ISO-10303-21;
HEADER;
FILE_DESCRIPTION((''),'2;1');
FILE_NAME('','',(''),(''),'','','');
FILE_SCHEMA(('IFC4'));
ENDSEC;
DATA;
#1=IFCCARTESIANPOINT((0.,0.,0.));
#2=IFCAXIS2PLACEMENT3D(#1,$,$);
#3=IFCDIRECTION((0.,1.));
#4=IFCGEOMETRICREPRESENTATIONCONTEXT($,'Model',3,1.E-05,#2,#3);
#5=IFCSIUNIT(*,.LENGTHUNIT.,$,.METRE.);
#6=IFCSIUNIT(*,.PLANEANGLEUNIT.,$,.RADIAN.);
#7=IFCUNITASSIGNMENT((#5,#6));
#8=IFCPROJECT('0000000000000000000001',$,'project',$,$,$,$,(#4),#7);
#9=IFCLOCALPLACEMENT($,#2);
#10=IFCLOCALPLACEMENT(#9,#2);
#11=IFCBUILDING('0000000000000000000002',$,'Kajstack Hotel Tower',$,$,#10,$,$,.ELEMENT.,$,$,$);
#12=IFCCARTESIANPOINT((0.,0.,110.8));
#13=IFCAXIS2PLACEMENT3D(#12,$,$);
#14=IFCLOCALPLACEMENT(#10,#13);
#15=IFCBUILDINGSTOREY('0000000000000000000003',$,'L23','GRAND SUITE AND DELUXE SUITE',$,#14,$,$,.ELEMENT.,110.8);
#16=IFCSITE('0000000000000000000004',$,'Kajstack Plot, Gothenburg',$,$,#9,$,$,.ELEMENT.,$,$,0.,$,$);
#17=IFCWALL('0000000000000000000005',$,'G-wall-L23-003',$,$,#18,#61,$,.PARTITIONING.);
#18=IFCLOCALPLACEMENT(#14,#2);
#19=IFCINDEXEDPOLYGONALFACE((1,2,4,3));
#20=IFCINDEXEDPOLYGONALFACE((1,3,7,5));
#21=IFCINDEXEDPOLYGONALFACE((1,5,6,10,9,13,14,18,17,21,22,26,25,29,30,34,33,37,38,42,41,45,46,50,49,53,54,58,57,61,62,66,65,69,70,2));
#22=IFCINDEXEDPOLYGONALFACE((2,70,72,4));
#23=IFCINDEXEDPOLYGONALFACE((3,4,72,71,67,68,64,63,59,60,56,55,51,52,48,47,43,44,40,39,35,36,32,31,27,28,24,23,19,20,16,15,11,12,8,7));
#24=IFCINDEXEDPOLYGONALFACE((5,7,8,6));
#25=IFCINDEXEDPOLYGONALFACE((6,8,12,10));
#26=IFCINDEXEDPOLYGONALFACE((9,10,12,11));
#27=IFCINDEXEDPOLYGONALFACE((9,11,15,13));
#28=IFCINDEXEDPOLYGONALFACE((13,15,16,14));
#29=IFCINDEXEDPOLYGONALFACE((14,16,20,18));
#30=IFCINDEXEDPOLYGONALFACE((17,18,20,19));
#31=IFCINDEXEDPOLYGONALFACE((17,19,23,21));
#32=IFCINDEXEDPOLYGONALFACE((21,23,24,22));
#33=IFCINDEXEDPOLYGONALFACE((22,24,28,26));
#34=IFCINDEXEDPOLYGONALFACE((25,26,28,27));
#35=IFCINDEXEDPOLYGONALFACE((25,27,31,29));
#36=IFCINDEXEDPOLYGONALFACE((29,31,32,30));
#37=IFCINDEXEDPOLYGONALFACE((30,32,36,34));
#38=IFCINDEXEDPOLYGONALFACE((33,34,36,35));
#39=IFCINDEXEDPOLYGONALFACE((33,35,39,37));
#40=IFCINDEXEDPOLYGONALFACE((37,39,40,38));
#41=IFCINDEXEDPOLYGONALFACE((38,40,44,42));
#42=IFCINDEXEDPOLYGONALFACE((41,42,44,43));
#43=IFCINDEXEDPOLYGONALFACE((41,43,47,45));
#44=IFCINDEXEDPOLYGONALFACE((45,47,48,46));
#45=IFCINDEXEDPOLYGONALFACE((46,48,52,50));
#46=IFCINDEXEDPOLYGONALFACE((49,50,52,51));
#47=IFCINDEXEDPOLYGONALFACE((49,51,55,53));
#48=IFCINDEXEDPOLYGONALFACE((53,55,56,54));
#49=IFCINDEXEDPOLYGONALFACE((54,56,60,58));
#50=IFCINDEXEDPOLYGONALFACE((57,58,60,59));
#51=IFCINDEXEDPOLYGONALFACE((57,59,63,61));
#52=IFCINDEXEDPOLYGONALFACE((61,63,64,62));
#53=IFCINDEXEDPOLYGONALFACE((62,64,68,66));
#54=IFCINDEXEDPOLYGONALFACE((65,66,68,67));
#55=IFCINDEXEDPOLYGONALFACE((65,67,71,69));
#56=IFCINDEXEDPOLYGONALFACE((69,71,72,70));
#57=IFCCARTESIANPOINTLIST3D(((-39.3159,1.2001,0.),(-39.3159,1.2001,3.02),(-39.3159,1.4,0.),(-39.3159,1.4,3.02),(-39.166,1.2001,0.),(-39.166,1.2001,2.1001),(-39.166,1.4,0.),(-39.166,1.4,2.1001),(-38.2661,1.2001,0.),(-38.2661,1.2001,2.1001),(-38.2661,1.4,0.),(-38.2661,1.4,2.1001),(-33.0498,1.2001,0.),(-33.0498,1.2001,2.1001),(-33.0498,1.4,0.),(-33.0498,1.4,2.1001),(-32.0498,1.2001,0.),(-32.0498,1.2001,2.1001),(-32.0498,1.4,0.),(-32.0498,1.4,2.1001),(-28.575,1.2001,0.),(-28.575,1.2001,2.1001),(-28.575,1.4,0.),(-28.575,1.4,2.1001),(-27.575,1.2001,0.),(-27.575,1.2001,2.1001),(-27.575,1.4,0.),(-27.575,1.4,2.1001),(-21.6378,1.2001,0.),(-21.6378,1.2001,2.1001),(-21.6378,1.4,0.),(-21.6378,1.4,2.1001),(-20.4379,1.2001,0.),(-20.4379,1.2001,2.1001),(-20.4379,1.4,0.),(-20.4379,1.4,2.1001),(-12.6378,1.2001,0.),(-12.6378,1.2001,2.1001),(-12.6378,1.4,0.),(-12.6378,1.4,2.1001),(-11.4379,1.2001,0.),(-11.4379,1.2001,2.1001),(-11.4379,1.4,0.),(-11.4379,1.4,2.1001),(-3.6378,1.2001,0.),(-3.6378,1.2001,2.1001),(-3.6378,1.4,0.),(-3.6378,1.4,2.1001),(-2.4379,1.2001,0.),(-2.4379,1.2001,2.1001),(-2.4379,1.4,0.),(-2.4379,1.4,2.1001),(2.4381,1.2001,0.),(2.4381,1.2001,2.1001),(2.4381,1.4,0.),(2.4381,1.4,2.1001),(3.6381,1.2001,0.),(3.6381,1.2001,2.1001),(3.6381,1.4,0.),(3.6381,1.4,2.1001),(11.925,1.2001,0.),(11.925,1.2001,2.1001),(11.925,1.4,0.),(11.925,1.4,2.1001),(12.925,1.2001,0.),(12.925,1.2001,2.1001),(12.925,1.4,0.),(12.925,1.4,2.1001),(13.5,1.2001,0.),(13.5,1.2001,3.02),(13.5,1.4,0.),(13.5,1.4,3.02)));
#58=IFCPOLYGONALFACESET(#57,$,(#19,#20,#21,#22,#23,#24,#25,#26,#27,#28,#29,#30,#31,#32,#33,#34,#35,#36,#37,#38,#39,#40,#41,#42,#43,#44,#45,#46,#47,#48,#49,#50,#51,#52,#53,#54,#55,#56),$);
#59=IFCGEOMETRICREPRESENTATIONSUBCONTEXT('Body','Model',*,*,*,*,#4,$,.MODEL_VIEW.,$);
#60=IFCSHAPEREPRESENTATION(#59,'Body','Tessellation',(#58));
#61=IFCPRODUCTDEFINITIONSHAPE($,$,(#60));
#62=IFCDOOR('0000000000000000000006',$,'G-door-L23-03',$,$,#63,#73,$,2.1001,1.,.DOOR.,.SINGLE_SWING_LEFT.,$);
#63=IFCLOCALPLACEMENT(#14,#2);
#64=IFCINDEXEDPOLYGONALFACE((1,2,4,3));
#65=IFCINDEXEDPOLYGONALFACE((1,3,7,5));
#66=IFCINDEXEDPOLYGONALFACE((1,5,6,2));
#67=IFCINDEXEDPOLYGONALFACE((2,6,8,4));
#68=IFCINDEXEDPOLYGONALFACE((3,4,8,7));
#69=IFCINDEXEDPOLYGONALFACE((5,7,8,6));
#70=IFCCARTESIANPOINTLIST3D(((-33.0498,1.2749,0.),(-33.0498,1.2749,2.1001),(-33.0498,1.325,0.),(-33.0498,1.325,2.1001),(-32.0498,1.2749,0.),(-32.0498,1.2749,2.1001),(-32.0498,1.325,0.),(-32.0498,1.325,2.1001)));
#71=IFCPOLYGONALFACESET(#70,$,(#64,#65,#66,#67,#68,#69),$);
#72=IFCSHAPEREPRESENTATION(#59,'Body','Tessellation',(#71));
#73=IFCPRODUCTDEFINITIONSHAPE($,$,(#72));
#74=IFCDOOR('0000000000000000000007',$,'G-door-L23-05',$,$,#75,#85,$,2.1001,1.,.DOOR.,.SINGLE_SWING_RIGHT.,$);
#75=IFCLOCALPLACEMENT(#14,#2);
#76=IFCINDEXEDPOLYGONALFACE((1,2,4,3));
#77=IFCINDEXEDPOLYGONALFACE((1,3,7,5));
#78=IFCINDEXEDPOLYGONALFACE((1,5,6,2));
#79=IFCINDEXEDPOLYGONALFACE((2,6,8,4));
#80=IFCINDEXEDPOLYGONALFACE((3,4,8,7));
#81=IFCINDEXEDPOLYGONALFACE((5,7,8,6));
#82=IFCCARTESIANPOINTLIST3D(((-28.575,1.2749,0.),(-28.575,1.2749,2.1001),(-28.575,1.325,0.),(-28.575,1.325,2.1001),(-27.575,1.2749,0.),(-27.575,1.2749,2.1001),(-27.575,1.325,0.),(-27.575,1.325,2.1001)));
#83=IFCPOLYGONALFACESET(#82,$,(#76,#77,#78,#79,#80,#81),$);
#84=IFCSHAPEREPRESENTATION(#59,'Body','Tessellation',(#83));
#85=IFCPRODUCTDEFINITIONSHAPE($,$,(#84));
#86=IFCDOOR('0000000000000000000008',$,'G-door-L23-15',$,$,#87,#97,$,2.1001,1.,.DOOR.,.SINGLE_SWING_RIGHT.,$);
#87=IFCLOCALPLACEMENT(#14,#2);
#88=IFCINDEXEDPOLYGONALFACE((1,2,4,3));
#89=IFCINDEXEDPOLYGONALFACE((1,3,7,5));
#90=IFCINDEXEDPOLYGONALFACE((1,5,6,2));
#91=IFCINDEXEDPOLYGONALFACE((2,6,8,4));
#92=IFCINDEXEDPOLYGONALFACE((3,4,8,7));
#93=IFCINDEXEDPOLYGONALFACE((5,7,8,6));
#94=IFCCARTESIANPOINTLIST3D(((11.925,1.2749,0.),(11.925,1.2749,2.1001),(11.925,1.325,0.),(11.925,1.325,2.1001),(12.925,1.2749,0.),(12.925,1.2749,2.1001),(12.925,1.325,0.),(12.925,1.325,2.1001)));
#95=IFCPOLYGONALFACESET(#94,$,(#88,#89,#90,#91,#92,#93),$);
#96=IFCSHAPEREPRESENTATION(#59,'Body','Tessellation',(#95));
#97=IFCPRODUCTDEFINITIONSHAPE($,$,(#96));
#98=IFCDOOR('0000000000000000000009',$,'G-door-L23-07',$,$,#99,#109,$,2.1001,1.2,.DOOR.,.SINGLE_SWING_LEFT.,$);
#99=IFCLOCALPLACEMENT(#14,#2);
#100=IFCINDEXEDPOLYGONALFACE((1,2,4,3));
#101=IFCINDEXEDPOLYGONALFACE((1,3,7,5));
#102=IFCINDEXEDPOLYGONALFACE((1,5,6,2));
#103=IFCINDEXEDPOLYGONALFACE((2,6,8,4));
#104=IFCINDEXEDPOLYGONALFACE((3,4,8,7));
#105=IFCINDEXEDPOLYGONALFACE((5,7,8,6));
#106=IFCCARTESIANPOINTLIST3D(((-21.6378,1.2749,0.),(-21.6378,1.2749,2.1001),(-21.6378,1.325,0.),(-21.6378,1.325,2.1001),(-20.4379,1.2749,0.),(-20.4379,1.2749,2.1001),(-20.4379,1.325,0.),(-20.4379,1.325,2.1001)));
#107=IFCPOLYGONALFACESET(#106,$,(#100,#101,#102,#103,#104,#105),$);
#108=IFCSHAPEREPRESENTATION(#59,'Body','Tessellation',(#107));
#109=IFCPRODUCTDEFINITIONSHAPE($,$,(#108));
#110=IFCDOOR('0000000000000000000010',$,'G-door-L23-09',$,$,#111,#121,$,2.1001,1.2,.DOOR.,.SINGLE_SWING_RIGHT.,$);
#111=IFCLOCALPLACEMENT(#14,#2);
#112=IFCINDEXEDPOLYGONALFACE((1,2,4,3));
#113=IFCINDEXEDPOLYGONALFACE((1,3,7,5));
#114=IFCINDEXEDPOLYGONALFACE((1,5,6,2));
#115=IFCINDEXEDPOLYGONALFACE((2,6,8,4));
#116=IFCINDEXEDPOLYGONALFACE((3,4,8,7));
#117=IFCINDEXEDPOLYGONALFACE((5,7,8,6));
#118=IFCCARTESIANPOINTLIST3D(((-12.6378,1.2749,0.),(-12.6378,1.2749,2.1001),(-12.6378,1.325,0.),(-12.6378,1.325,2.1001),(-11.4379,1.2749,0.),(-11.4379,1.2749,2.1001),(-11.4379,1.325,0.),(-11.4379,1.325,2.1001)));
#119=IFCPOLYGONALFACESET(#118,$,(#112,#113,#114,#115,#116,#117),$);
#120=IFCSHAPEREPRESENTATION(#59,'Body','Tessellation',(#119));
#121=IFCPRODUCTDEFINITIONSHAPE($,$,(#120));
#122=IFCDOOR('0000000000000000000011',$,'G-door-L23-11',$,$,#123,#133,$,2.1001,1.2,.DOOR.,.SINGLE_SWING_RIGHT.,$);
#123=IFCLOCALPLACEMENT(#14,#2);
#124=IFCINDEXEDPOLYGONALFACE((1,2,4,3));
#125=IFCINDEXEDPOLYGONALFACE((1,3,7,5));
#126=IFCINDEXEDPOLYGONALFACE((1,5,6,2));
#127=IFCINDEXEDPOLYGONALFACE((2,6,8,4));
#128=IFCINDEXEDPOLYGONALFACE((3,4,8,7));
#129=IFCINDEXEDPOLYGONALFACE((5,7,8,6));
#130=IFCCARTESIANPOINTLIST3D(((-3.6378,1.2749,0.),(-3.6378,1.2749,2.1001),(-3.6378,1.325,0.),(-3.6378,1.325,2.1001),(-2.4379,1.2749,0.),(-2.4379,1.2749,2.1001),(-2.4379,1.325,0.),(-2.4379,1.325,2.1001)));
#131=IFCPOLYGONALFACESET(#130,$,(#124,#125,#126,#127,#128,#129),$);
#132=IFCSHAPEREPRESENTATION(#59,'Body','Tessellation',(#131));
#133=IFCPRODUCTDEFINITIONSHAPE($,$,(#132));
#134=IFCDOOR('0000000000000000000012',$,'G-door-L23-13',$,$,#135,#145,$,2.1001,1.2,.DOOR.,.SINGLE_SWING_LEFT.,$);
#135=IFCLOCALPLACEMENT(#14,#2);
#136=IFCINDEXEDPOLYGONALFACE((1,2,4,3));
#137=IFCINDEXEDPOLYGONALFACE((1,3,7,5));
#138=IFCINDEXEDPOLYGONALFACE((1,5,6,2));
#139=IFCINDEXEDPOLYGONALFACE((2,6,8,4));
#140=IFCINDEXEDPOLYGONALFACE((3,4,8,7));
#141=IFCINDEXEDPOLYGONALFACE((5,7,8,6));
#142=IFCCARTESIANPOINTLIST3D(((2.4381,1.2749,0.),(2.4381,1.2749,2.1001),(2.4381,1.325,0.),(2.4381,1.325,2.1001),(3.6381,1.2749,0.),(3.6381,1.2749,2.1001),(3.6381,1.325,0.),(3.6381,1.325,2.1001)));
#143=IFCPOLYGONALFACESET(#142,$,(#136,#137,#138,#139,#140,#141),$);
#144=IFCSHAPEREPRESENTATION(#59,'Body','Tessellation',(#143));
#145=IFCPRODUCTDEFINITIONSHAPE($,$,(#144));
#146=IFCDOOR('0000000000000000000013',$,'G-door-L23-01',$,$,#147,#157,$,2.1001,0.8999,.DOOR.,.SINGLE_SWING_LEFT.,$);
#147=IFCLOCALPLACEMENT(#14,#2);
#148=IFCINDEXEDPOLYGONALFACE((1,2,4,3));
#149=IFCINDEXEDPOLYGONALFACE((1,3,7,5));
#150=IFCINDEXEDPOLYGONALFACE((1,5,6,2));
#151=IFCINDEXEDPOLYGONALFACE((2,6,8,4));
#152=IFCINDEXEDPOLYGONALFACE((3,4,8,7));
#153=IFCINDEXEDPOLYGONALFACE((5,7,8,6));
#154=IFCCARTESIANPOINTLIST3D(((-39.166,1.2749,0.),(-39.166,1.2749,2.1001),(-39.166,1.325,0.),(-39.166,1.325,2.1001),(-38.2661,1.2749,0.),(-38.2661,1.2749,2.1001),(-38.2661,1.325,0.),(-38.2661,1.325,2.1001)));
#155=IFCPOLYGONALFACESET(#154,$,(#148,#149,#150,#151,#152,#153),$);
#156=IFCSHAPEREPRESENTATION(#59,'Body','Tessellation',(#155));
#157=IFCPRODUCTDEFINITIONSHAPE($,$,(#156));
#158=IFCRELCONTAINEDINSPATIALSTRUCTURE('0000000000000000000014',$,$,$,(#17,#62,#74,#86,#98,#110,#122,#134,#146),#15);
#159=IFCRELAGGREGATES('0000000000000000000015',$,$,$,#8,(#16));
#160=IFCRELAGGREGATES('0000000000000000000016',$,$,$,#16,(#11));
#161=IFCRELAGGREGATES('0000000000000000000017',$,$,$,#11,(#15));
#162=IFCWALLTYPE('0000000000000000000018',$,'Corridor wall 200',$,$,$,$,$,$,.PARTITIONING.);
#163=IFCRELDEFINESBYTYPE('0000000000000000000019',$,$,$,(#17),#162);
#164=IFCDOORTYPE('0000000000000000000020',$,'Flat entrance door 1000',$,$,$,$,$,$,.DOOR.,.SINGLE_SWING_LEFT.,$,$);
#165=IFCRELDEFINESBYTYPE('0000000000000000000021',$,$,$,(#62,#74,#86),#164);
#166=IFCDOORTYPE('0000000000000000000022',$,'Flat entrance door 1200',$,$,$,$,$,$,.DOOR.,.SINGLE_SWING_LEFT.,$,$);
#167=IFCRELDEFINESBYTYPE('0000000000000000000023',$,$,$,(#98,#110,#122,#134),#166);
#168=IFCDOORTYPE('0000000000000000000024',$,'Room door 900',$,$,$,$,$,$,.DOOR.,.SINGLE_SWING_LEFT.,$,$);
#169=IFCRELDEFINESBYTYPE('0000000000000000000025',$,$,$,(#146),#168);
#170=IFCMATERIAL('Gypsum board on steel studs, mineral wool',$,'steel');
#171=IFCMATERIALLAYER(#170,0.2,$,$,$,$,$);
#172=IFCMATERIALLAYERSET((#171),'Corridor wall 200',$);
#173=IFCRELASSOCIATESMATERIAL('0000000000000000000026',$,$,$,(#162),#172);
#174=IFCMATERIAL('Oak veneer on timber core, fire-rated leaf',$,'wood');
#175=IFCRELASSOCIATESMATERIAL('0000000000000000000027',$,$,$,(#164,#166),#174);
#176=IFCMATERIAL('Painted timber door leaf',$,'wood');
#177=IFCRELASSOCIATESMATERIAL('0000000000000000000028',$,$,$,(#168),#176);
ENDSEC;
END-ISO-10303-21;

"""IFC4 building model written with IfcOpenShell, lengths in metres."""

from ifc_helpers import new_model, si_unit, direction, frame, frame_2d, origin, place, context, subcontext, project, spatial, rectangle, extrude, material, layer, layer_set, type_object, element, fill, save


model = new_model("IFC4")

# Units and contexts
model_context = context("Model", 3, precision=1e-05, world=origin(), true_north=direction((0.0, 1.0)))
body_context = subcontext(model_context, "Body", "Model", "MODEL_VIEW")
ifc_project = project(units=[si_unit("LENGTHUNIT", "METRE"), si_unit("PLANEANGLEUNIT", "RADIAN")], contexts=[model_context])

# Site, building, storey
site_placement = place(None, origin())
site = spatial("IfcSite", under=ifc_project, at=site_placement, Name="Kajstack Plot, Gothenburg", CompositionType="ELEMENT", RefElevation=0.0)
building_placement = place(site_placement, origin())
building = spatial("IfcBuilding", under=site, at=building_placement, Name="Kajstack Hotel Tower", CompositionType="ELEMENT")
storey_placement = place(building_placement, frame((0.0, 0.0, 110.8)))
storey = spatial("IfcBuildingStorey", under=building, at=storey_placement, Name="L23", Description="GRAND SUITE AND DELUXE SUITE", CompositionType="ELEMENT", Elevation=110.8)

# Wall, openings, doors
ifc_material_1 = material(Name="Gypsum board on steel studs, mineral wool", Category="steel")
ifc_layer_1 = layer(ifc_material_1, 0.2)
ifc_layer_set_1 = layer_set([ifc_layer_1], Name="Corridor wall 200")
wall_type_1 = type_object("IfcWallType", Name="Corridor wall 200", PredefinedType="PARTITIONING", material=ifc_layer_set_1)
wall_1_placement = place(storey_placement, frame((-39.3159, 1.3, 0.0), z_axis=(0.0, 0.0, 1.0), x_axis=(1.0, 0.0, 0.0)))
wall_1 = element("IfcWall", 1, at=wall_1_placement, inside=storey, type_object=wall_type_1, Name="G-wall-L23-003", PredefinedType="PARTITIONING", context=body_context, shape_type="SweptSolid", body=[
    extrude(rectangle(XDim=52.8159, YDim=0.2, at=frame_2d((26.408, 0.0))), origin(), (0.0, 0.0, 1.0), 3.02),
])
opening_1_placement = place(wall_1_placement, frame((0.1499, 0.0, 0.0)))
opening_1 = element("IfcOpeningElement", 2, at=opening_1_placement, cuts=wall_1, PredefinedType="OPENING", context=body_context, shape_type="SweptSolid", body=[
    extrude(rectangle(XDim=0.8999, YDim=2.1001, at=frame_2d((0.45, 1.05))), frame((0.0, 0.1099, 0.0), z_axis=(0.0, -1.0, 0.0), x_axis=(1.0, 0.0, 0.0)), (0.0, 0.0, 1.0), 0.22),
])
opening_2_placement = place(wall_1_placement, frame((6.2661, 0.0, 0.0)))
opening_2 = element("IfcOpeningElement", 3, at=opening_2_placement, cuts=wall_1, PredefinedType="OPENING", context=body_context, shape_type="SweptSolid", body=[
    extrude(rectangle(XDim=1.0, YDim=2.1001, at=frame_2d((0.5, 1.05))), frame((0.0, 0.1099, 0.0), z_axis=(0.0, -1.0, 0.0), x_axis=(1.0, 0.0, 0.0)), (0.0, 0.0, 1.0), 0.22),
])
opening_3_placement = place(wall_1_placement, frame((10.741, 0.0, 0.0)))
opening_3 = element("IfcOpeningElement", 4, at=opening_3_placement, cuts=wall_1, PredefinedType="OPENING", context=body_context, shape_type="SweptSolid", body=[
    extrude(rectangle(XDim=1.0, YDim=2.1001, at=frame_2d((0.5, 1.05))), frame((0.0, 0.1099, 0.0), z_axis=(0.0, -1.0, 0.0), x_axis=(1.0, 0.0, 0.0)), (0.0, 0.0, 1.0), 0.22),
])
opening_4_placement = place(wall_1_placement, frame((17.678, 0.0, 0.0)))
opening_4 = element("IfcOpeningElement", 5, at=opening_4_placement, cuts=wall_1, PredefinedType="OPENING", context=body_context, shape_type="SweptSolid", body=[
    extrude(rectangle(XDim=1.2, YDim=2.1001, at=frame_2d((0.6001, 1.05))), frame((0.0, 0.1099, 0.0), z_axis=(0.0, -1.0, 0.0), x_axis=(1.0, 0.0, 0.0)), (0.0, 0.0, 1.0), 0.22),
])
opening_5_placement = place(wall_1_placement, frame((26.678, 0.0, 0.0)))
opening_5 = element("IfcOpeningElement", 6, at=opening_5_placement, cuts=wall_1, PredefinedType="OPENING", context=body_context, shape_type="SweptSolid", body=[
    extrude(rectangle(XDim=1.2, YDim=2.1001, at=frame_2d((0.6001, 1.05))), frame((0.0, 0.1099, 0.0), z_axis=(0.0, -1.0, 0.0), x_axis=(1.0, 0.0, 0.0)), (0.0, 0.0, 1.0), 0.22),
])
opening_6_placement = place(wall_1_placement, frame((35.678, 0.0, 0.0)))
opening_6 = element("IfcOpeningElement", 7, at=opening_6_placement, cuts=wall_1, PredefinedType="OPENING", context=body_context, shape_type="SweptSolid", body=[
    extrude(rectangle(XDim=1.2, YDim=2.1001, at=frame_2d((0.6001, 1.05))), frame((0.0, 0.1099, 0.0), z_axis=(0.0, -1.0, 0.0), x_axis=(1.0, 0.0, 0.0)), (0.0, 0.0, 1.0), 0.22),
])
opening_7_placement = place(wall_1_placement, frame((41.7539, 0.0, 0.0)))
opening_7 = element("IfcOpeningElement", 8, at=opening_7_placement, cuts=wall_1, PredefinedType="OPENING", context=body_context, shape_type="SweptSolid", body=[
    extrude(rectangle(XDim=1.2, YDim=2.1001, at=frame_2d((0.6001, 1.05))), frame((0.0, 0.1099, 0.0), z_axis=(0.0, -1.0, 0.0), x_axis=(1.0, 0.0, 0.0)), (0.0, 0.0, 1.0), 0.22),
])
opening_8_placement = place(wall_1_placement, frame((51.241, 0.0, 0.0)))
opening_8 = element("IfcOpeningElement", 9, at=opening_8_placement, cuts=wall_1, PredefinedType="OPENING", context=body_context, shape_type="SweptSolid", body=[
    extrude(rectangle(XDim=1.0, YDim=2.1001, at=frame_2d((0.5, 1.05))), frame((0.0, 0.1099, 0.0), z_axis=(0.0, -1.0, 0.0), x_axis=(1.0, 0.0, 0.0)), (0.0, 0.0, 1.0), 0.22),
])
ifc_material_2 = material(Name="Oak veneer on timber core, fire-rated leaf", Category="wood")
door_type_1 = type_object("IfcDoorType", Name="Flat entrance door 1000", OperationType="SINGLE_SWING_LEFT", PredefinedType="DOOR", material=ifc_material_2)
door_1_placement = place(opening_2_placement, origin())
door_1 = element("IfcDoor", 10, at=door_1_placement, inside=storey, type_object=door_type_1, Name="G-door-L23-03", OperationType="SINGLE_SWING_LEFT", OverallHeight=2.1001, OverallWidth=1.0, PredefinedType="DOOR", context=body_context, shape_type="SweptSolid", body=[
    extrude(rectangle(XDim=1.0, YDim=2.1001, at=frame_2d((0.5, 1.05))), frame((0.0, 0.0249, 0.0), z_axis=(0.0, -1.0, 0.0), x_axis=(1.0, 0.0, 0.0)), (0.0, 0.0, 1.0), 0.05),
])
fill(opening_2, door_1)
door_2_placement = place(opening_3_placement, origin())
door_2 = element("IfcDoor", 11, at=door_2_placement, inside=storey, type_object=door_type_1, Name="G-door-L23-05", OperationType="SINGLE_SWING_RIGHT", OverallHeight=2.1001, OverallWidth=1.0, PredefinedType="DOOR", context=body_context, shape_type="SweptSolid", body=[
    extrude(rectangle(XDim=1.0, YDim=2.1001, at=frame_2d((0.5, 1.05))), frame((0.0, 0.0249, 0.0), z_axis=(0.0, -1.0, 0.0), x_axis=(1.0, 0.0, 0.0)), (0.0, 0.0, 1.0), 0.05),
])
fill(opening_3, door_2)
door_3_placement = place(opening_8_placement, origin())
door_3 = element("IfcDoor", 12, at=door_3_placement, inside=storey, type_object=door_type_1, Name="G-door-L23-15", OperationType="SINGLE_SWING_RIGHT", OverallHeight=2.1001, OverallWidth=1.0, PredefinedType="DOOR", context=body_context, shape_type="SweptSolid", body=[
    extrude(rectangle(XDim=1.0, YDim=2.1001, at=frame_2d((0.5, 1.05))), frame((0.0, 0.0249, 0.0), z_axis=(0.0, -1.0, 0.0), x_axis=(1.0, 0.0, 0.0)), (0.0, 0.0, 1.0), 0.05),
])
fill(opening_8, door_3)
door_type_2 = type_object("IfcDoorType", Name="Flat entrance door 1200", OperationType="SINGLE_SWING_LEFT", PredefinedType="DOOR", material=ifc_material_2)
door_4_placement = place(opening_4_placement, origin())
door_4 = element("IfcDoor", 13, at=door_4_placement, inside=storey, type_object=door_type_2, Name="G-door-L23-07", OperationType="SINGLE_SWING_LEFT", OverallHeight=2.1001, OverallWidth=1.2, PredefinedType="DOOR", context=body_context, shape_type="SweptSolid", body=[
    extrude(rectangle(XDim=1.2, YDim=2.1001, at=frame_2d((0.6001, 1.05))), frame((0.0, 0.0249, 0.0), z_axis=(0.0, -1.0, 0.0), x_axis=(1.0, 0.0, 0.0)), (0.0, 0.0, 1.0), 0.05),
])
fill(opening_4, door_4)
door_5_placement = place(opening_5_placement, origin())
door_5 = element("IfcDoor", 14, at=door_5_placement, inside=storey, type_object=door_type_2, Name="G-door-L23-09", OperationType="SINGLE_SWING_RIGHT", OverallHeight=2.1001, OverallWidth=1.2, PredefinedType="DOOR", context=body_context, shape_type="SweptSolid", body=[
    extrude(rectangle(XDim=1.2, YDim=2.1001, at=frame_2d((0.6001, 1.05))), frame((0.0, 0.0249, 0.0), z_axis=(0.0, -1.0, 0.0), x_axis=(1.0, 0.0, 0.0)), (0.0, 0.0, 1.0), 0.05),
])
fill(opening_5, door_5)
door_6_placement = place(opening_6_placement, origin())
door_6 = element("IfcDoor", 15, at=door_6_placement, inside=storey, type_object=door_type_2, Name="G-door-L23-11", OperationType="SINGLE_SWING_RIGHT", OverallHeight=2.1001, OverallWidth=1.2, PredefinedType="DOOR", context=body_context, shape_type="SweptSolid", body=[
    extrude(rectangle(XDim=1.2, YDim=2.1001, at=frame_2d((0.6001, 1.05))), frame((0.0, 0.0249, 0.0), z_axis=(0.0, -1.0, 0.0), x_axis=(1.0, 0.0, 0.0)), (0.0, 0.0, 1.0), 0.05),
])
fill(opening_6, door_6)
door_7_placement = place(opening_7_placement, origin())
door_7 = element("IfcDoor", 16, at=door_7_placement, inside=storey, type_object=door_type_2, Name="G-door-L23-13", OperationType="SINGLE_SWING_LEFT", OverallHeight=2.1001, OverallWidth=1.2, PredefinedType="DOOR", context=body_context, shape_type="SweptSolid", body=[
    extrude(rectangle(XDim=1.2, YDim=2.1001, at=frame_2d((0.6001, 1.05))), frame((0.0, 0.0249, 0.0), z_axis=(0.0, -1.0, 0.0), x_axis=(1.0, 0.0, 0.0)), (0.0, 0.0, 1.0), 0.05),
])
fill(opening_7, door_7)
ifc_material_3 = material(Name="Painted timber door leaf", Category="wood")
door_type_3 = type_object("IfcDoorType", Name="Room door 900", OperationType="SINGLE_SWING_LEFT", PredefinedType="DOOR", material=ifc_material_3)
door_8_placement = place(opening_1_placement, origin())
door_8 = element("IfcDoor", 17, at=door_8_placement, inside=storey, type_object=door_type_3, Name="G-door-L23-01", OperationType="SINGLE_SWING_LEFT", OverallHeight=2.1001, OverallWidth=0.8999, PredefinedType="DOOR", context=body_context, shape_type="SweptSolid", body=[
    extrude(rectangle(XDim=0.8999, YDim=2.1001, at=frame_2d((0.45, 1.05))), frame((0.0, 0.0249, 0.0), z_axis=(0.0, -1.0, 0.0), x_axis=(1.0, 0.0, 0.0)), (0.0, 0.0, 1.0), 0.05),
])
fill(opening_1, door_8)

save(model, "model.ifc")
